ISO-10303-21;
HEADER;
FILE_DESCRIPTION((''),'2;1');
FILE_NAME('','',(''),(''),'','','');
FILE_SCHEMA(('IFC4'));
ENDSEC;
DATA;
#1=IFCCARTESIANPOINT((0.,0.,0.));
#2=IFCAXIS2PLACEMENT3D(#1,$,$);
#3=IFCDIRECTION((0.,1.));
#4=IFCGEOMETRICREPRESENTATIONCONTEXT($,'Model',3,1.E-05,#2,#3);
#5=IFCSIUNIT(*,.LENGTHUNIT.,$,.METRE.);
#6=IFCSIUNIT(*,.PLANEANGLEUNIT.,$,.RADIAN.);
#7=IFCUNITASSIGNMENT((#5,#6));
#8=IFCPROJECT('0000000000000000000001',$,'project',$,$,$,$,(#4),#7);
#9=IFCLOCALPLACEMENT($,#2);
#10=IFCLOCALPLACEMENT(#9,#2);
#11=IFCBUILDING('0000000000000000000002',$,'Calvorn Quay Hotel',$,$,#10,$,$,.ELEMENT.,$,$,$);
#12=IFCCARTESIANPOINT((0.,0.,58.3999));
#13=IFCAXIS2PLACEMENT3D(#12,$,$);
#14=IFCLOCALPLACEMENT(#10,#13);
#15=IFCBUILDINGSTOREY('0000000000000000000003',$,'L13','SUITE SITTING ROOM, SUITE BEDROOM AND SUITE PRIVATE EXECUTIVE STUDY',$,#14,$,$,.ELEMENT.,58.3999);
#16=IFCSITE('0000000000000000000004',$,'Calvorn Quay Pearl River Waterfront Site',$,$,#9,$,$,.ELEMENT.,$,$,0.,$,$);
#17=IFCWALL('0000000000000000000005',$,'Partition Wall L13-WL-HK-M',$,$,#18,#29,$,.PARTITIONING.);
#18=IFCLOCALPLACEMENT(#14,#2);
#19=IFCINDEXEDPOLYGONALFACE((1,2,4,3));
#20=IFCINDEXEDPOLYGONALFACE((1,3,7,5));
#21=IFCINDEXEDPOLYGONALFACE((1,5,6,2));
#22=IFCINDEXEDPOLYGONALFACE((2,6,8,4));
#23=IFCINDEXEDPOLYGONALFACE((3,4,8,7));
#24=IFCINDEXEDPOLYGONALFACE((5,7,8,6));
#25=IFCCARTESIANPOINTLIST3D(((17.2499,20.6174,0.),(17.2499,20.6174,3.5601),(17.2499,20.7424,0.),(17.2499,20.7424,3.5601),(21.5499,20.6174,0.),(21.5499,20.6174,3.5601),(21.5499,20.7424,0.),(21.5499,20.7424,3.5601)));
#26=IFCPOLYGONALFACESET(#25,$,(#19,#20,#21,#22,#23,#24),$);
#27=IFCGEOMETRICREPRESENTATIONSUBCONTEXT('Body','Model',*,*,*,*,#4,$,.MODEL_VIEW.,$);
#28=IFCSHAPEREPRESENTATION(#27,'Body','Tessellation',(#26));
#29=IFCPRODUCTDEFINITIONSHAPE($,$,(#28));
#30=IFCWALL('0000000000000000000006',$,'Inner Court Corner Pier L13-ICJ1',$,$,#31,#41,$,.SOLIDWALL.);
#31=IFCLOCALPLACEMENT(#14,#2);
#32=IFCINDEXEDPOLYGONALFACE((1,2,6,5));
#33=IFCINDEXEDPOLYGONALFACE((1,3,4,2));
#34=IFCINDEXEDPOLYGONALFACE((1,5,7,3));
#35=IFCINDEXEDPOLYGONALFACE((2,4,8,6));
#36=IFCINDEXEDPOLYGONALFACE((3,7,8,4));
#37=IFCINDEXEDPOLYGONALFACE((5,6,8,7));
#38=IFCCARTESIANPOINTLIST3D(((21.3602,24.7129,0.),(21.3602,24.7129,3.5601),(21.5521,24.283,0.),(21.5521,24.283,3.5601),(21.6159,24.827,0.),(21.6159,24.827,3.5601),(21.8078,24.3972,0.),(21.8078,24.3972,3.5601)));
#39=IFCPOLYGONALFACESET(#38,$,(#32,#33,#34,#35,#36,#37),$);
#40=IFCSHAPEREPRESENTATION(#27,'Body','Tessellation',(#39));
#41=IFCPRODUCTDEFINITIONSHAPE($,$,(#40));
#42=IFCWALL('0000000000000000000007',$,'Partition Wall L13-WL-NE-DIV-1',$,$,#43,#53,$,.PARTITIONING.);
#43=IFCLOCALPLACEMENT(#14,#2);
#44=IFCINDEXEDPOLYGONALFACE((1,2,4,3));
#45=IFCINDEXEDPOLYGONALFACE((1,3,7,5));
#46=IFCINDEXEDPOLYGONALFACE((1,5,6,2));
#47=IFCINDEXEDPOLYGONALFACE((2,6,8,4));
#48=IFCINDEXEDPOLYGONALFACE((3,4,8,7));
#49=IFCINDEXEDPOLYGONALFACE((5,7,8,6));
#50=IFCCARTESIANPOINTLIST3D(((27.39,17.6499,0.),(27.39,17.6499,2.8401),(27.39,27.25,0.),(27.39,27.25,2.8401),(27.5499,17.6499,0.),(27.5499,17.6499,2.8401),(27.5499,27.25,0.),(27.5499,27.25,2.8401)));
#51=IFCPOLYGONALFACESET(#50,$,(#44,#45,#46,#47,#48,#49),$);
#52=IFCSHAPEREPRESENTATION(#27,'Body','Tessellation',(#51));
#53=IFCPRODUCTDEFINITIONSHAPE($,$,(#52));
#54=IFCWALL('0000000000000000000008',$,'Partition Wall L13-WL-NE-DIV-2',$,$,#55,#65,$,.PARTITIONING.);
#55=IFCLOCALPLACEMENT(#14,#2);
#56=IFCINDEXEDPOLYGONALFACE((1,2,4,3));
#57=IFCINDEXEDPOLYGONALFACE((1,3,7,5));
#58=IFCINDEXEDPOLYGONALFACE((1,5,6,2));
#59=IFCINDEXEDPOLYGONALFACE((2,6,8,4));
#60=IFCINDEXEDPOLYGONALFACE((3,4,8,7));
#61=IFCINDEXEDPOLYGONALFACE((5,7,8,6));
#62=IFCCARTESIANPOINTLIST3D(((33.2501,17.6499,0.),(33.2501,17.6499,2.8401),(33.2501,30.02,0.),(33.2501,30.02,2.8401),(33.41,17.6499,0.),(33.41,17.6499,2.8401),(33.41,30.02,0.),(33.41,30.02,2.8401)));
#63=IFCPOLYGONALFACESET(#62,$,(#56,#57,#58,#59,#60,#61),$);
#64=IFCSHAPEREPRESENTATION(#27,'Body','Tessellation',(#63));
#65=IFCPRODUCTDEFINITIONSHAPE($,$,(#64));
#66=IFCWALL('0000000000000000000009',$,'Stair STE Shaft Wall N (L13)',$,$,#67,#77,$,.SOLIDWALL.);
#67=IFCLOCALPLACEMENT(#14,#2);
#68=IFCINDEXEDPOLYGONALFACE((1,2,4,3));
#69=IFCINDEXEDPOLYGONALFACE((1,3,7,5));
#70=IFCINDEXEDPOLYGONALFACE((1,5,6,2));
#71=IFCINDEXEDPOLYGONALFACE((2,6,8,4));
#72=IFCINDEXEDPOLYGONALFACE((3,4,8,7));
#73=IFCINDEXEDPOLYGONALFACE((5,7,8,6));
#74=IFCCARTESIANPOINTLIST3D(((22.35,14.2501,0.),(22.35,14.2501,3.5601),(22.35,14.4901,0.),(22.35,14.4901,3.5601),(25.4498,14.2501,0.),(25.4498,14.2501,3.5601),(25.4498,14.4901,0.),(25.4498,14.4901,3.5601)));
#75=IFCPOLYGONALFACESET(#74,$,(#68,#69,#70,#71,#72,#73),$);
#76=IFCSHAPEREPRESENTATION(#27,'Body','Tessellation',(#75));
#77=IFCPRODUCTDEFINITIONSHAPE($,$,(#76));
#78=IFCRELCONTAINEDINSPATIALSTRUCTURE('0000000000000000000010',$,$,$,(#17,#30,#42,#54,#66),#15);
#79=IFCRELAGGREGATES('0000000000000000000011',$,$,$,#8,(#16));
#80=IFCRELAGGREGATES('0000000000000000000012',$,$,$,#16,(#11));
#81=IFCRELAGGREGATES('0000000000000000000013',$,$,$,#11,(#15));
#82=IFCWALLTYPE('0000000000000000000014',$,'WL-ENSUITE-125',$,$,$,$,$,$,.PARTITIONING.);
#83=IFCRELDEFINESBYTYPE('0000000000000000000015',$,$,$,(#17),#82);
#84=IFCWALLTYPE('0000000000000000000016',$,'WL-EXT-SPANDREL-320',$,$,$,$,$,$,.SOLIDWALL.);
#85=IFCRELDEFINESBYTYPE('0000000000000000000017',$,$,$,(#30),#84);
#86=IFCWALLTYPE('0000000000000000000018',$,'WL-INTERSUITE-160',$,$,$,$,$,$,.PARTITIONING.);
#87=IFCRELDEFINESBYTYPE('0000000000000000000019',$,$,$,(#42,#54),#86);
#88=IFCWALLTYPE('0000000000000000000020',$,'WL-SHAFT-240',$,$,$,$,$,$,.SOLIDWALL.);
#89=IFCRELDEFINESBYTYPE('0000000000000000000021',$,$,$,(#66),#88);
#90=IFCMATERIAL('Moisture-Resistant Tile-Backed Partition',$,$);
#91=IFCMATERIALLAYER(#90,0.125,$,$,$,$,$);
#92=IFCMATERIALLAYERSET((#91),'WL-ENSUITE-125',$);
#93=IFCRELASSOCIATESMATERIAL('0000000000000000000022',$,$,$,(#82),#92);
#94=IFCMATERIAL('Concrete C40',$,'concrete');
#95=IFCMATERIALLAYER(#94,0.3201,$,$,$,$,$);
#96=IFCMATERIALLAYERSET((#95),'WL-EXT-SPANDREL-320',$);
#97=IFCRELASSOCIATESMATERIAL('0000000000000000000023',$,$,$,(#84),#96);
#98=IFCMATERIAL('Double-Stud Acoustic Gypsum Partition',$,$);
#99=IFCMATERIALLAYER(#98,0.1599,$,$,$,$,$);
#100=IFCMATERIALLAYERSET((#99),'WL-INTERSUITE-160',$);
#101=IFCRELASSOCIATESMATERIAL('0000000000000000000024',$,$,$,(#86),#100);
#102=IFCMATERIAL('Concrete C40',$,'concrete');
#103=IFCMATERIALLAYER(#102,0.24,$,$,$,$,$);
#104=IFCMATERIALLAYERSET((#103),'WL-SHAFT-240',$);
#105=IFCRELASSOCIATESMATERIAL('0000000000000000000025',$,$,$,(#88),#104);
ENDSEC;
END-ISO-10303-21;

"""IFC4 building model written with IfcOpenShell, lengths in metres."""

from ifc_helpers import new_model, si_unit, direction, frame, frame_2d, origin, place, context, subcontext, project, spatial, rectangle, extrude, material, layer, layer_set, type_object, element, save


model = new_model("IFC4")

# Units and contexts
model_context = context("Model", 3, precision=1e-05, world=origin(), true_north=direction((0.0, 1.0)))
body_context = subcontext(model_context, "Body", "Model", "MODEL_VIEW")
ifc_project = project(units=[si_unit("LENGTHUNIT", "METRE"), si_unit("PLANEANGLEUNIT", "RADIAN")], contexts=[model_context])

# Site, building, storey
site_placement = place(None, origin())
site = spatial("IfcSite", under=ifc_project, at=site_placement, Name="Calvorn Quay Pearl River Waterfront Site", CompositionType="ELEMENT", RefElevation=0.0)
building_placement = place(site_placement, origin())
building = spatial("IfcBuilding", under=site, at=building_placement, Name="Calvorn Quay Hotel", CompositionType="ELEMENT")
storey_placement = place(building_placement, frame((0.0, 0.0, 58.3999)))
storey = spatial("IfcBuildingStorey", under=building, at=storey_placement, Name="L13", Description="SUITE SITTING ROOM, SUITE BEDROOM AND SUITE PRIVATE EXECUTIVE STUDY", CompositionType="ELEMENT", Elevation=58.3999)

# Walls
ifc_material_1 = material(Name="Moisture-Resistant Tile-Backed Partition")
ifc_layer_1 = layer(ifc_material_1, 0.125)
ifc_layer_set_1 = layer_set([ifc_layer_1], Name="WL-ENSUITE-125")
wall_type_1 = type_object("IfcWallType", Name="WL-ENSUITE-125", PredefinedType="PARTITIONING", material=ifc_layer_set_1)
wall_1_placement = place(storey_placement, frame((17.25, 20.6799, 0.0), z_axis=(0.0, 0.0, 1.0), x_axis=(1.0, 0.0, 0.0)))
element("IfcWall", 1, at=wall_1_placement, inside=storey, type_object=wall_type_1, Name="Partition Wall L13-WL-HK-M", PredefinedType="PARTITIONING", context=body_context, shape_type="SweptSolid", body=[
    extrude(rectangle(XDim=4.3, YDim=0.125, at=frame_2d((2.1499, 0.0))), origin(), (0.0, 0.0, 1.0), 3.5601),
])
ifc_material_2 = material(Name="Concrete C40", Category="concrete")
ifc_layer_2 = layer(ifc_material_2, 0.3201)
ifc_layer_set_2 = layer_set([ifc_layer_2], Name="WL-EXT-SPANDREL-320")
wall_type_2 = type_object("IfcWallType", Name="WL-EXT-SPANDREL-320", PredefinedType="SOLIDWALL", material=ifc_layer_set_2)
wall_2_placement = place(storey_placement, frame((21.6799, 24.3401, 0.0), z_axis=(0.0, 0.0, 1.0), x_axis=(-0.407581, 0.913169, 0.0)))
element("IfcWall", 2, at=wall_2_placement, inside=storey, type_object=wall_type_2, Name="Inner Court Corner Pier L13-ICJ1", PredefinedType="SOLIDWALL", context=body_context, shape_type="SweptSolid", body=[
    extrude(rectangle(XDim=0.4707, YDim=0.28, at=frame_2d((0.2354, 0.0))), origin(), (0.0, 0.0, 1.0), 3.5601),
])
ifc_material_3 = material(Name="Double-Stud Acoustic Gypsum Partition")
ifc_layer_3 = layer(ifc_material_3, 0.1599)
ifc_layer_set_3 = layer_set([ifc_layer_3], Name="WL-INTERSUITE-160")
wall_type_3 = type_object("IfcWallType", Name="WL-INTERSUITE-160", PredefinedType="PARTITIONING", material=ifc_layer_set_3)
wall_3_placement = place(storey_placement, frame((27.47, 17.6499, 0.0), z_axis=(0.0, 0.0, 1.0), x_axis=(0.0, 1.0, 0.0)))
element("IfcWall", 3, at=wall_3_placement, inside=storey, type_object=wall_type_3, Name="Partition Wall L13-WL-NE-DIV-1", PredefinedType="PARTITIONING", context=body_context, shape_type="SweptSolid", body=[
    extrude(rectangle(XDim=9.6001, YDim=0.1599, at=frame_2d((4.8, 0.0))), origin(), (0.0, 0.0, 1.0), 2.8401),
])
wall_4_placement = place(storey_placement, frame((33.3301, 17.6499, 0.0), z_axis=(0.0, 0.0, 1.0), x_axis=(0.0, 1.0, 0.0)))
element("IfcWall", 4, at=wall_4_placement, inside=storey, type_object=wall_type_3, Name="Partition Wall L13-WL-NE-DIV-2", PredefinedType="PARTITIONING", context=body_context, shape_type="SweptSolid", body=[
    extrude(rectangle(XDim=12.3701, YDim=0.1599, at=frame_2d((6.1851, 0.0))), origin(), (0.0, 0.0, 1.0), 2.8401),
])
ifc_material_4 = material(Name="Concrete C40", Category="concrete")
ifc_layer_4 = layer(ifc_material_4, 0.24)
ifc_layer_set_4 = layer_set([ifc_layer_4], Name="WL-SHAFT-240")
wall_type_4 = type_object("IfcWallType", Name="WL-SHAFT-240", PredefinedType="SOLIDWALL", material=ifc_layer_set_4)
wall_5_placement = place(storey_placement, frame((22.3501, 14.3701, 0.0), z_axis=(0.0, 0.0, 1.0), x_axis=(1.0, 0.0, 0.0)))
element("IfcWall", 5, at=wall_5_placement, inside=storey, type_object=wall_type_4, Name="Stair STE Shaft Wall N (L13)", PredefinedType="SOLIDWALL", context=body_context, shape_type="SweptSolid", body=[
    extrude(rectangle(XDim=3.0999, YDim=0.24, at=frame_2d((1.5498, 0.0))), origin(), (0.0, 0.0, 1.0), 3.5601),
])

save(model, "model.ifc")
